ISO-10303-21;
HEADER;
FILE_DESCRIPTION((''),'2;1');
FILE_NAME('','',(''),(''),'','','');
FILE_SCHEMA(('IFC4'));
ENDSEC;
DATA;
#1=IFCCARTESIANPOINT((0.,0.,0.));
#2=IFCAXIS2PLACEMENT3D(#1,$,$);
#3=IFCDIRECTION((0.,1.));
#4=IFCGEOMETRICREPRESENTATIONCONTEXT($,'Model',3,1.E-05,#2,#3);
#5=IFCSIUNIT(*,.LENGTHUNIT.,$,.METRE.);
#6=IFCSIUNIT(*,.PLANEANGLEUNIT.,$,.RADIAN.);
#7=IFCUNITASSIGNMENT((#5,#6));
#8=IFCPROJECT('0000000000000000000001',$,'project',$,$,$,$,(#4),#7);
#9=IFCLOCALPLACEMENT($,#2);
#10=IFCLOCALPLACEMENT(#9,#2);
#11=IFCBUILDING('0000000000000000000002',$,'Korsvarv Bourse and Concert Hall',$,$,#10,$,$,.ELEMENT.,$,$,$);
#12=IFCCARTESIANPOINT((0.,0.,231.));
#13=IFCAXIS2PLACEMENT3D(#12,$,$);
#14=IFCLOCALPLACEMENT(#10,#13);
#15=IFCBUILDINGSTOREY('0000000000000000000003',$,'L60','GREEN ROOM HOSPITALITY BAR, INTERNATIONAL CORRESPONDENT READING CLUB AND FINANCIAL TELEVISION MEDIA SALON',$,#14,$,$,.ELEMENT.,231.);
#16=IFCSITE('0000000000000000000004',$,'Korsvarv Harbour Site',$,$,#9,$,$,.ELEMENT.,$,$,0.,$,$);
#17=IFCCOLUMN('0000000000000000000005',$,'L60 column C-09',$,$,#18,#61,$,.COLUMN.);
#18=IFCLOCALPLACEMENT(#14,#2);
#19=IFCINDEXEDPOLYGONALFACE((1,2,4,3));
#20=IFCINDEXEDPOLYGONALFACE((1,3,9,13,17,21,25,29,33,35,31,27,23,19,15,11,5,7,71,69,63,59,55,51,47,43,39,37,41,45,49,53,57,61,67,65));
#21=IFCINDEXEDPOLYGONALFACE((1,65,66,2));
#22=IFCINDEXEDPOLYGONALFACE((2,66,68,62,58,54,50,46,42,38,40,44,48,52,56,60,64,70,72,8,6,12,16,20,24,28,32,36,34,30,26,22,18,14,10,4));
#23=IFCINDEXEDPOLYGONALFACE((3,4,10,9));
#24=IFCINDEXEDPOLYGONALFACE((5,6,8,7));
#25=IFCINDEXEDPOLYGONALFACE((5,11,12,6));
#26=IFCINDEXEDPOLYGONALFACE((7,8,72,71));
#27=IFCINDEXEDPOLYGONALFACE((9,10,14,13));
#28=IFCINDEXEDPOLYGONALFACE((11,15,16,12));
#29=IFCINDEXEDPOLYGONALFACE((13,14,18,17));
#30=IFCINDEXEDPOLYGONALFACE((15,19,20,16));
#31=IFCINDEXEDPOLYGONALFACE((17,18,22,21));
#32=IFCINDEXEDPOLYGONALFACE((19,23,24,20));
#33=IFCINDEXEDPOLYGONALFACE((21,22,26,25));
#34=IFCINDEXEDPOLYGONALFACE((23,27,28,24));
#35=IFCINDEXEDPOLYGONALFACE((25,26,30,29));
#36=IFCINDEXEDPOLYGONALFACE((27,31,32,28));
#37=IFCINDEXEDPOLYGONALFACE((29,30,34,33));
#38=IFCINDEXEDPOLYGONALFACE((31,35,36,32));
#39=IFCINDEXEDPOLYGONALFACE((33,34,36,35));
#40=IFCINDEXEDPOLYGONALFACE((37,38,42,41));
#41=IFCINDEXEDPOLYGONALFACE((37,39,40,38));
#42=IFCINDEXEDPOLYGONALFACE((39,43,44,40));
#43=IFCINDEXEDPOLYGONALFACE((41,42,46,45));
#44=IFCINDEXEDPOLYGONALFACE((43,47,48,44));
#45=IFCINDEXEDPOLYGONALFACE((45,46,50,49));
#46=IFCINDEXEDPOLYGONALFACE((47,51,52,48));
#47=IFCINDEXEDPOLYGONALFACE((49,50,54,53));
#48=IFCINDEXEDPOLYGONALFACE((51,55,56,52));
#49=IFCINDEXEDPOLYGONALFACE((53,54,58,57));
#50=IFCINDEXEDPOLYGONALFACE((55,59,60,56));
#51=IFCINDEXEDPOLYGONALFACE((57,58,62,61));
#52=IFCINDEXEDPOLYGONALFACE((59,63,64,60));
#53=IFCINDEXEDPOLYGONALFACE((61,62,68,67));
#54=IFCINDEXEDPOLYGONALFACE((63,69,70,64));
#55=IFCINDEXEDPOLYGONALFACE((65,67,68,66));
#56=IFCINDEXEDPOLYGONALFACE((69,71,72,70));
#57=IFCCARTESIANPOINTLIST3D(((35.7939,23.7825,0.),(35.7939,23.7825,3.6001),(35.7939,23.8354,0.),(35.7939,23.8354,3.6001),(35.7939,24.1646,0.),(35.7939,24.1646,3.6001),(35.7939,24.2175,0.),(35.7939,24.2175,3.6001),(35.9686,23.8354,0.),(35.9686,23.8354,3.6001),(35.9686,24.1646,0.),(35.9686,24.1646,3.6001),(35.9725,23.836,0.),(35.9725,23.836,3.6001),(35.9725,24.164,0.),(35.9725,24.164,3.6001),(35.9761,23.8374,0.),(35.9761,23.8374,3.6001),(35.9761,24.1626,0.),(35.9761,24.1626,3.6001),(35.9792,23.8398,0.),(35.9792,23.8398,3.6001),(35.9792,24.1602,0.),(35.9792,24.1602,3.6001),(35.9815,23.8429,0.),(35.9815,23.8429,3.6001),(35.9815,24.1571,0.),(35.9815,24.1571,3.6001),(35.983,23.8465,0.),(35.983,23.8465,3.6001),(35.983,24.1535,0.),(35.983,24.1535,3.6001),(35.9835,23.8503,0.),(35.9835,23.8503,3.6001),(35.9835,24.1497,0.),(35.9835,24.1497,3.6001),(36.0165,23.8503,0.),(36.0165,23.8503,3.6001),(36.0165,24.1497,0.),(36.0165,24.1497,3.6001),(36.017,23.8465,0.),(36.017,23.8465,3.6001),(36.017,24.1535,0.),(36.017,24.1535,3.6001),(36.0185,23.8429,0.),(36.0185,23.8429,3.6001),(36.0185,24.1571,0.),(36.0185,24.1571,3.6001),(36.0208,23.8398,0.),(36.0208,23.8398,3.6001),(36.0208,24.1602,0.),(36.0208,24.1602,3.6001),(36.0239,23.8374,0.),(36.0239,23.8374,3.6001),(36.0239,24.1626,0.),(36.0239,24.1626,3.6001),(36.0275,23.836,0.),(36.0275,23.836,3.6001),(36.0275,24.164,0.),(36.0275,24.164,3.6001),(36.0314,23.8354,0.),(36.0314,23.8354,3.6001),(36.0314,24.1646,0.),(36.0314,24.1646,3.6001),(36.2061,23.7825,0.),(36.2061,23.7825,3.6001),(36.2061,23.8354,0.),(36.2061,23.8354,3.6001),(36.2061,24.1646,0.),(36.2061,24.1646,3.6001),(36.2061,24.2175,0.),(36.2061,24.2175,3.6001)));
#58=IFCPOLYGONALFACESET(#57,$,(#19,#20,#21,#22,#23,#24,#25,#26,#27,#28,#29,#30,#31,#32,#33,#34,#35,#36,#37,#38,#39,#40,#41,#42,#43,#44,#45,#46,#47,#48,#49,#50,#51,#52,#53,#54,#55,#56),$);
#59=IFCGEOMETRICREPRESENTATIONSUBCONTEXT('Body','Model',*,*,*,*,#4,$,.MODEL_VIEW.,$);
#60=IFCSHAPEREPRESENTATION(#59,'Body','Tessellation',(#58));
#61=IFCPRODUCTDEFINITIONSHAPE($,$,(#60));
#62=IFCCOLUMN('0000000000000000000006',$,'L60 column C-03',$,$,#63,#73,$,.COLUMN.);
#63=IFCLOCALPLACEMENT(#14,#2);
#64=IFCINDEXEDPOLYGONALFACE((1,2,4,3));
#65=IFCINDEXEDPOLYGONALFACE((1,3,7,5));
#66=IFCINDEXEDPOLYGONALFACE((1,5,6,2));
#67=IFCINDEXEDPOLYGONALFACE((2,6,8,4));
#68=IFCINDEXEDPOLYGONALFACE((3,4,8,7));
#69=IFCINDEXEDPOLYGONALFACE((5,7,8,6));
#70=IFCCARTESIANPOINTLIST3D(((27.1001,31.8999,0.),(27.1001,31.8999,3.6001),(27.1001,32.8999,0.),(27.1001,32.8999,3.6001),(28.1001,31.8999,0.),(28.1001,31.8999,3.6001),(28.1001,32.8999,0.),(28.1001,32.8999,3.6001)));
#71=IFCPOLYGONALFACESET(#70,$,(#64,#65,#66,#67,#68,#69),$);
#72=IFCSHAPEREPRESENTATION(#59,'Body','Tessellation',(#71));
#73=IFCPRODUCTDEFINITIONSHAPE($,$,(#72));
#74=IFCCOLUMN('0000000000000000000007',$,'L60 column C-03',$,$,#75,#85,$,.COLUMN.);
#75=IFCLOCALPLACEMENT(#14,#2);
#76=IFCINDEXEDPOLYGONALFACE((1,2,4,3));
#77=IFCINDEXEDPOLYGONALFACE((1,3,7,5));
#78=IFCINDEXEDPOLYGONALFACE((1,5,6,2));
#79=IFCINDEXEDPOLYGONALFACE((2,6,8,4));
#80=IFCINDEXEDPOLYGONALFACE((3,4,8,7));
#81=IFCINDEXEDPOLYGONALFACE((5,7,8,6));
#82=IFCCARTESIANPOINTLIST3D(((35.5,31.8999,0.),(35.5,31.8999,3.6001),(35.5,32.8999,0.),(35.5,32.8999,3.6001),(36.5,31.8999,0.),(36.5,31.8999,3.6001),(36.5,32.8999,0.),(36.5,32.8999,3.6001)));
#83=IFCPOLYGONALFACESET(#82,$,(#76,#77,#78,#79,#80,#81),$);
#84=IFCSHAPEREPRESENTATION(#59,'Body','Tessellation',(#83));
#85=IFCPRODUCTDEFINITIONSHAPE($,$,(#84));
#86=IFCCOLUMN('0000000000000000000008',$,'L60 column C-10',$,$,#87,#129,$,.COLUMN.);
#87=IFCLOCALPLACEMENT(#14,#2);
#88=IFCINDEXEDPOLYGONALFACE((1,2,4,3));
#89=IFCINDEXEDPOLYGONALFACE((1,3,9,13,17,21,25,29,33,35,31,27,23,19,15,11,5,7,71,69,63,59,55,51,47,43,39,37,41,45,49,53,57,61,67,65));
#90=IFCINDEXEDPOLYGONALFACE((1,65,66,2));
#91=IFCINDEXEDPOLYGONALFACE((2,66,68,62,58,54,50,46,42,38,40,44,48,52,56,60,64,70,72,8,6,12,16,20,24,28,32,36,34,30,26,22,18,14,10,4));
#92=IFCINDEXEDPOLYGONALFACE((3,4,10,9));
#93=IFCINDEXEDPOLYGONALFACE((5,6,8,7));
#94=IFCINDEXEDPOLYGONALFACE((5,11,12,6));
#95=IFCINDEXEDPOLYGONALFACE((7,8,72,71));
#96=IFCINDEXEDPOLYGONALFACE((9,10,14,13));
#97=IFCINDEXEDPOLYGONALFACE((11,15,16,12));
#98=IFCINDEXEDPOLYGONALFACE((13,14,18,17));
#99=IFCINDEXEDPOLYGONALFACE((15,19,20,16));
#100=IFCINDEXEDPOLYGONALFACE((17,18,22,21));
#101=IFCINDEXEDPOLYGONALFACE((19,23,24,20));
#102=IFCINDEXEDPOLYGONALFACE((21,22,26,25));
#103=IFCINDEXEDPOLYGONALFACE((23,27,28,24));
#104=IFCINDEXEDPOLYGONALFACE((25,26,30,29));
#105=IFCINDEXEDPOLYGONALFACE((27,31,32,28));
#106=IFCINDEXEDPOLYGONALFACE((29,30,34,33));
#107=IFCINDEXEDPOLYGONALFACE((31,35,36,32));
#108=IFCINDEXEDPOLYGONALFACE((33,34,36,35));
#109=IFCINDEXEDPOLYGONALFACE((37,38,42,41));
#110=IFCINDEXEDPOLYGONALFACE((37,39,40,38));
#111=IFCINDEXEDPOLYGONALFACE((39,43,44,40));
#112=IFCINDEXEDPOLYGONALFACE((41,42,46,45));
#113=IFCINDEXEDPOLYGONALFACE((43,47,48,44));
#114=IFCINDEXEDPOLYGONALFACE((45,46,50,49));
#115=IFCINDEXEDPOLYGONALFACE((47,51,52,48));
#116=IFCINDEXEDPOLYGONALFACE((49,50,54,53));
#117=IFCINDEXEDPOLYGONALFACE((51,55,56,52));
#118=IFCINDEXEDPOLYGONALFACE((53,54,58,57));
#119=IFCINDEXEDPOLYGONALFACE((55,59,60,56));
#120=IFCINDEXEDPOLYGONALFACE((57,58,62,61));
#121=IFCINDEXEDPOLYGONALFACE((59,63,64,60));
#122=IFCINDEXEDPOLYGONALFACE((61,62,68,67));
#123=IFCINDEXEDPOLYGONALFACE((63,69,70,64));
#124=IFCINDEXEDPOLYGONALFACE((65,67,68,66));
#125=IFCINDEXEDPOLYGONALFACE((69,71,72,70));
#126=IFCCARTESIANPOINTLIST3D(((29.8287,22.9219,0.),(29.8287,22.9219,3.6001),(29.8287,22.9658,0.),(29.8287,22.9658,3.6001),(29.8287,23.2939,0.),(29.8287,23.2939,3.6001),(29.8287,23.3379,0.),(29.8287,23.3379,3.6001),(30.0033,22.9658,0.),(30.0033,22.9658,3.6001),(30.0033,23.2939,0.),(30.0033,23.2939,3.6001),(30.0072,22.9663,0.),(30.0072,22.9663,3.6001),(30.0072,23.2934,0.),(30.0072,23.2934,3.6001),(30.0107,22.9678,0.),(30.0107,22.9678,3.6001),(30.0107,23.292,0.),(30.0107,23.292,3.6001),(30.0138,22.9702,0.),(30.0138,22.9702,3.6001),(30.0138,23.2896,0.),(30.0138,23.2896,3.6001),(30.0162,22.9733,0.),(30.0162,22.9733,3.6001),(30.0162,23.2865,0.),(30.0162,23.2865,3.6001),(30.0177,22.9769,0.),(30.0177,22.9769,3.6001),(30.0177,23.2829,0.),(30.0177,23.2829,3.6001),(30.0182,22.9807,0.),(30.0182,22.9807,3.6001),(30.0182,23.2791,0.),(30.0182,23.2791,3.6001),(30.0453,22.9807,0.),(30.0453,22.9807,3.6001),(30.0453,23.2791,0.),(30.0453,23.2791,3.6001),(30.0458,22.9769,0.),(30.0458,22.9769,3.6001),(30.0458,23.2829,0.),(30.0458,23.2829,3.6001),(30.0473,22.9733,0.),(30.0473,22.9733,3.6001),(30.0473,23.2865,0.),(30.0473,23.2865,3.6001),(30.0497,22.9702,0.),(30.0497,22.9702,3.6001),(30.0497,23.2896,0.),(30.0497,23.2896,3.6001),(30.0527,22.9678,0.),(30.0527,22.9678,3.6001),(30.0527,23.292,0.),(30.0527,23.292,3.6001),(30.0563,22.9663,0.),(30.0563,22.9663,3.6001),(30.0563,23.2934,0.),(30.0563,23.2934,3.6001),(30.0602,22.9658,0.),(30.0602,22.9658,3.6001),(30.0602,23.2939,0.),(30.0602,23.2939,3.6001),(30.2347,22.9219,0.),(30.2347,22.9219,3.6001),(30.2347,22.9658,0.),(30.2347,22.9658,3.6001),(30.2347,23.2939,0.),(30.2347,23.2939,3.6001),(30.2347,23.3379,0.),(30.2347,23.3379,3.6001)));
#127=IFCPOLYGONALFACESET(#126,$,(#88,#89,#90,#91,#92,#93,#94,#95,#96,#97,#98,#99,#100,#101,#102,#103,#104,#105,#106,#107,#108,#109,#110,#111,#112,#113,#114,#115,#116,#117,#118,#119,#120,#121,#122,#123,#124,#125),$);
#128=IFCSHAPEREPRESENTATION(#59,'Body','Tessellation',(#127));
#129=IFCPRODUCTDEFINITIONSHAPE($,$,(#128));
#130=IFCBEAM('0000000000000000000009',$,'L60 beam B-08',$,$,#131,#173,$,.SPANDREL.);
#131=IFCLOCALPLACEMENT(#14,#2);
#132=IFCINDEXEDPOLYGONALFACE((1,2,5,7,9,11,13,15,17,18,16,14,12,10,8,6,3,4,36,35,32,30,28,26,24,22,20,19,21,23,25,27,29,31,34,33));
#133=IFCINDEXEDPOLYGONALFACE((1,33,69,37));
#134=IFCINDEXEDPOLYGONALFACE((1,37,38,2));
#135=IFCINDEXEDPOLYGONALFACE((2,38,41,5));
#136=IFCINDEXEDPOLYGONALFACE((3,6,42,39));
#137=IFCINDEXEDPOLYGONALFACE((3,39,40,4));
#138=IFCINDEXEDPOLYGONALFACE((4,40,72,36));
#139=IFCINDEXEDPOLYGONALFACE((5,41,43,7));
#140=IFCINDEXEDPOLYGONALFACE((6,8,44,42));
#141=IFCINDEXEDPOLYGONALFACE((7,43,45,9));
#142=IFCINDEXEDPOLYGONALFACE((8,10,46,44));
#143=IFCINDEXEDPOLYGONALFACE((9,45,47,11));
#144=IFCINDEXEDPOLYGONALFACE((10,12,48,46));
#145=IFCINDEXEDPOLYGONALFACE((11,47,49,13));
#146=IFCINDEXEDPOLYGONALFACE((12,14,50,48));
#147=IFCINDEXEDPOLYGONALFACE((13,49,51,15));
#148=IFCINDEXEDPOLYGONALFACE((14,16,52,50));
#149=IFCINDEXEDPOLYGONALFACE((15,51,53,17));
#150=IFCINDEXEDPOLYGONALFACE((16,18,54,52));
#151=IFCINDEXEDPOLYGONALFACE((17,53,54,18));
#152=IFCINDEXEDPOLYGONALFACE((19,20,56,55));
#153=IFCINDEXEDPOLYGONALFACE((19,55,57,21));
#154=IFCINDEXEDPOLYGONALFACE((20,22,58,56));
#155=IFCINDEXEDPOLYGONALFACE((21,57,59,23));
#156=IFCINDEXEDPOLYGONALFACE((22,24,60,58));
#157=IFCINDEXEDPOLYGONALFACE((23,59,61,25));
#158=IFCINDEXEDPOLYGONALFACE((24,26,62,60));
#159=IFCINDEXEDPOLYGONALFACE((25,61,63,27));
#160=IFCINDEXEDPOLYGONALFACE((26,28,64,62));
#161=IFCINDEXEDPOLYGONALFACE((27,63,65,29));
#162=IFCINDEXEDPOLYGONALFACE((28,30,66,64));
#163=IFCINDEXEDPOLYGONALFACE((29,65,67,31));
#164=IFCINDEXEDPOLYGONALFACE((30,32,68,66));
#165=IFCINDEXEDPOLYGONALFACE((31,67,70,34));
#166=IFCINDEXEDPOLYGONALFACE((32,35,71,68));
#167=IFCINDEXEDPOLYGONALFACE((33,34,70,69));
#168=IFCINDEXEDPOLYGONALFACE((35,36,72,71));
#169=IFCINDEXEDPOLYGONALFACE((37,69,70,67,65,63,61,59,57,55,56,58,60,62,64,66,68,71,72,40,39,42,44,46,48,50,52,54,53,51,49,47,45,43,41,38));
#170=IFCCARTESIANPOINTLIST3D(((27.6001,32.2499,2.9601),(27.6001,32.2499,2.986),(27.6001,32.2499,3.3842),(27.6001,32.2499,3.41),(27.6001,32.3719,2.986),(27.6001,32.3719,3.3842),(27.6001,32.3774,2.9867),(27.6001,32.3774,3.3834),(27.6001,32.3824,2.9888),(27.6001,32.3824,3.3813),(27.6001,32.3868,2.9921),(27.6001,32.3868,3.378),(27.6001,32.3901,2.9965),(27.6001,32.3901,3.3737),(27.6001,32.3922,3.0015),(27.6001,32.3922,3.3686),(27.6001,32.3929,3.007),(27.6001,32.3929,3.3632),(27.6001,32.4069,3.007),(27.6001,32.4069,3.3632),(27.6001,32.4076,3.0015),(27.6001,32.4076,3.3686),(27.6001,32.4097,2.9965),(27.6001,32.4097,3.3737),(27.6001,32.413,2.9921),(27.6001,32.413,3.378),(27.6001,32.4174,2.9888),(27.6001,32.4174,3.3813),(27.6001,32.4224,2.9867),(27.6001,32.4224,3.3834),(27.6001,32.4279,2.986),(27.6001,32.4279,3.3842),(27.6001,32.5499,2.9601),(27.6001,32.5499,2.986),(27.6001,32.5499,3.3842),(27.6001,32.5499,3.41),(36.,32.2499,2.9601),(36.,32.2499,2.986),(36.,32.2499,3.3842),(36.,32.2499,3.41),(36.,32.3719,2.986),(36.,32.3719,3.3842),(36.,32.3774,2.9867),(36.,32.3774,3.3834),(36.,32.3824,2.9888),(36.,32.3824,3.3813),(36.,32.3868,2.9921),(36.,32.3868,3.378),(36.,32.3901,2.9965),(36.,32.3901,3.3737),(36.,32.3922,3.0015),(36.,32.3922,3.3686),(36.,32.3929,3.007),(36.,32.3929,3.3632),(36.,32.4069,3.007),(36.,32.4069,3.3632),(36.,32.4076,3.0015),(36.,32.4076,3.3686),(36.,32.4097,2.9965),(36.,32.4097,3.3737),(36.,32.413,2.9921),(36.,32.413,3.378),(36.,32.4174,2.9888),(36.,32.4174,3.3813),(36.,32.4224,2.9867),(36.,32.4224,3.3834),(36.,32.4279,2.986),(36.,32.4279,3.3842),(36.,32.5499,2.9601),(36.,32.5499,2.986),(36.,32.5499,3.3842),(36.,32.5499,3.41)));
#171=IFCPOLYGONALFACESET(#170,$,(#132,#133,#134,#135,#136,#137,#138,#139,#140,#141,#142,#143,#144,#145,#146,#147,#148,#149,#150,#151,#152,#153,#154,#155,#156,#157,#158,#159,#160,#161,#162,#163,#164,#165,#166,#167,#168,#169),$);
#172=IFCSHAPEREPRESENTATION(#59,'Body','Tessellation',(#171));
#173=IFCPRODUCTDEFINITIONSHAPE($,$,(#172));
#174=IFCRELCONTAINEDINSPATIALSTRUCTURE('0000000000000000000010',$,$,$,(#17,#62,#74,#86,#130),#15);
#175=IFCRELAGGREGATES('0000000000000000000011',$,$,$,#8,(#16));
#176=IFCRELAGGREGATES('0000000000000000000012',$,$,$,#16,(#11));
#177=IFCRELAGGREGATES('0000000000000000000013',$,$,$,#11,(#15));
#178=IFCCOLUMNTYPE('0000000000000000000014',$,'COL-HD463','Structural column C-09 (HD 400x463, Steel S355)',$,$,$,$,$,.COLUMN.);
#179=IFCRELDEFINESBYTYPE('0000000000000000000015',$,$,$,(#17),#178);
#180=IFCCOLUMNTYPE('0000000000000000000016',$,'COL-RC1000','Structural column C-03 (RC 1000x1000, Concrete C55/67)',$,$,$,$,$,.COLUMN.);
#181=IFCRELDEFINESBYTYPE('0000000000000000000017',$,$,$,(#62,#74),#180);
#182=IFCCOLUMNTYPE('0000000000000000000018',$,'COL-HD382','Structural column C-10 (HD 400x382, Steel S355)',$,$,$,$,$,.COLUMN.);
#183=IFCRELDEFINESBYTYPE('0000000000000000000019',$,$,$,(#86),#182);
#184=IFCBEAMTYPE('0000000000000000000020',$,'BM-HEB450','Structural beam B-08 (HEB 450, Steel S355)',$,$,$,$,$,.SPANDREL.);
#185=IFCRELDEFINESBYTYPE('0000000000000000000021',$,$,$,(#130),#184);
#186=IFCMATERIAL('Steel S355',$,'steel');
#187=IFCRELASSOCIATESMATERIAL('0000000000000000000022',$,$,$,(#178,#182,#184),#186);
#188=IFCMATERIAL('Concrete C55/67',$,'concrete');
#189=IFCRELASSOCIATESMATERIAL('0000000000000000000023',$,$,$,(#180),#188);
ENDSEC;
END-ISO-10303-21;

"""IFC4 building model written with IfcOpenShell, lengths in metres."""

from ifc_helpers import new_model, si_unit, direction, frame, origin, origin_2d, place, context, subcontext, project, spatial, rectangle, i_section, extrude, source, transform, mapped, material, material_profile, profile_set, type_object, element, save


model = new_model("IFC4")

# Units and contexts
model_context = context("Model", 3, precision=1e-05, world=origin(), true_north=direction((0.0, 1.0)))
body_context = subcontext(model_context, "Body", "Model", "MODEL_VIEW")
ifc_project = project(units=[si_unit("LENGTHUNIT", "METRE"), si_unit("PLANEANGLEUNIT", "RADIAN")], contexts=[model_context])

# Site, building, storey
site_placement = place(None, origin())
site = spatial("IfcSite", under=ifc_project, at=site_placement, Name="Korsvarv Harbour Site", CompositionType="ELEMENT", RefElevation=0.0)
building_placement = place(site_placement, origin())
building = spatial("IfcBuilding", under=site, at=building_placement, Name="Korsvarv Bourse and Concert Hall", CompositionType="ELEMENT")
storey_placement = place(building_placement, frame((0.0, 0.0, 231.0)))
storey = spatial("IfcBuildingStorey", under=building, at=storey_placement, Name="L60", Description="GREEN ROOM HOSPITALITY BAR, INTERNATIONAL CORRESPONDENT READING CLUB AND FINANCIAL TELEVISION MEDIA SALON", CompositionType="ELEMENT", Elevation=231.0)

# Columns
ifc_material_1 = material(Name="Steel S355", Category="steel")
ifc_material_profile_1 = material_profile(ifc_material_1, i_section(OverallWidth=0.4121, OverallDepth=0.4351, WebThickness=0.033, FlangeThickness=0.053, FilletRadius=0.0149, at=origin_2d()), Name="HD 400x463")
ifc_profile_set_1 = profile_set([ifc_material_profile_1], Name="Steel S355")
column_type_1 = type_object("IfcColumnType", Name="COL-HD463", Description="Structural column C-09 (HD 400x463, Steel S355)", PredefinedType="COLUMN", material=ifc_profile_set_1)
shared_shape_1 = source(origin(), body_context, "Body", "SweptSolid", [
    extrude(i_section(OverallWidth=0.4121, OverallDepth=0.4351, WebThickness=0.033, FlangeThickness=0.053, FilletRadius=0.0149, at=origin_2d()), origin(), (0.0, 0.0, 1.0), 3.6001),
])
column_1_placement = place(storey_placement, frame((36.0, 24.0, 0.0), z_axis=(0.0, 0.0, 1.0), x_axis=(1.0, 0.0, 0.0)))
element("IfcColumn", 1, at=column_1_placement, inside=storey, type_object=column_type_1, Name="L60 column C-09", PredefinedType="COLUMN", context=body_context, shape_type="MappedRepresentation", body=[
    mapped(shared_shape_1, transform((0.0, 0.0, 0.0), scale=1.0)),
])
ifc_material_2 = material(Name="Concrete C55/67", Category="concrete")
ifc_material_profile_2 = material_profile(ifc_material_2, rectangle(XDim=1.0, YDim=1.0, at=origin_2d()), Name="RC 1000x1000")
ifc_profile_set_2 = profile_set([ifc_material_profile_2], Name="Concrete C55/67")
column_type_2 = type_object("IfcColumnType", Name="COL-RC1000", Description="Structural column C-03 (RC 1000x1000, Concrete C55/67)", PredefinedType="COLUMN", material=ifc_profile_set_2)
shared_shape_2 = source(origin(), body_context, "Body", "SweptSolid", [
    extrude(rectangle(XDim=1.0, YDim=1.0, at=origin_2d()), origin(), (0.0, 0.0, 1.0), 3.6001),
])
for number, where, z_axis, x_axis, name in (
    (2, (27.6001, 32.3999, 0.0), (0.0, 0.0, 1.0), (1.0, 0.0, 0.0), "L60 column C-03"),
    (3, (36.0, 32.3999, 0.0), (0.0, 0.0, 1.0), (1.0, 0.0, 0.0), "L60 column C-03"),
):
    element("IfcColumn", number, at=place(storey_placement, frame(where, z_axis=z_axis, x_axis=x_axis)), inside=storey, type_object=column_type_2, Name=name, PredefinedType="COLUMN", context=body_context, shape_type="MappedRepresentation", body=[
        mapped(shared_shape_2, transform((0.0, 0.0, 0.0), scale=1.0)),
    ])
ifc_material_profile_3 = material_profile(ifc_material_1, i_section(OverallWidth=0.406, OverallDepth=0.416, WebThickness=0.0271, FlangeThickness=0.0439, FilletRadius=0.0149, at=origin_2d()), Name="HD 400x382")
ifc_profile_set_3 = profile_set([ifc_material_profile_3], Name="Steel S355")
column_type_3 = type_object("IfcColumnType", Name="COL-HD382", Description="Structural column C-10 (HD 400x382, Steel S355)", PredefinedType="COLUMN", material=ifc_profile_set_3)
shared_shape_3 = source(origin(), body_context, "Body", "SweptSolid", [
    extrude(i_section(OverallWidth=0.406, OverallDepth=0.416, WebThickness=0.0271, FlangeThickness=0.0439, FilletRadius=0.0149, at=origin_2d()), origin(), (0.0, 0.0, 1.0), 3.6001),
])
column_2_placement = place(storey_placement, frame((30.0317, 23.1299, 0.0), z_axis=(0.0, 0.0, 1.0), x_axis=(1.0, 0.0, 0.0)))
element("IfcColumn", 4, at=column_2_placement, inside=storey, type_object=column_type_3, Name="L60 column C-10", PredefinedType="COLUMN", context=body_context, shape_type="MappedRepresentation", body=[
    mapped(shared_shape_3, transform((0.0, 0.0, 0.0), scale=1.0)),
])

# Beam
ifc_material_profile_4 = material_profile(ifc_material_1, i_section(OverallWidth=0.3, OverallDepth=0.45, WebThickness=0.0139, FlangeThickness=0.0259, FilletRadius=0.021, at=origin_2d()), Name="HEB 450")
ifc_profile_set_4 = profile_set([ifc_material_profile_4], Name="Steel S355")
beam_type_1 = type_object("IfcBeamType", Name="BM-HEB450", Description="Structural beam B-08 (HEB 450, Steel S355)", PredefinedType="SPANDREL", material=ifc_profile_set_4)
shared_shape_4 = source(origin(), body_context, "Body", "SweptSolid", [
    extrude(i_section(OverallWidth=0.3, OverallDepth=0.45, WebThickness=0.0139, FlangeThickness=0.0259, FilletRadius=0.021, at=origin_2d()), origin(), (0.0, 0.0, 1.0), 8.3999),
])
for number, where, z_axis, x_axis, name in (
    (5, (27.6001, 32.3999, 3.1851), (1.0, 0.0, 0.0), (0.0, 1.0, 0.0), "L60 beam B-08"),
):
    element("IfcBeam", number, at=place(storey_placement, frame(where, z_axis=z_axis, x_axis=x_axis)), inside=storey, type_object=beam_type_1, Name=name, PredefinedType="SPANDREL", context=body_context, shape_type="MappedRepresentation", body=[
        mapped(shared_shape_4, transform((0.0, 0.0, 0.0), scale=1.0)),
    ])

save(model, "model.ifc")
